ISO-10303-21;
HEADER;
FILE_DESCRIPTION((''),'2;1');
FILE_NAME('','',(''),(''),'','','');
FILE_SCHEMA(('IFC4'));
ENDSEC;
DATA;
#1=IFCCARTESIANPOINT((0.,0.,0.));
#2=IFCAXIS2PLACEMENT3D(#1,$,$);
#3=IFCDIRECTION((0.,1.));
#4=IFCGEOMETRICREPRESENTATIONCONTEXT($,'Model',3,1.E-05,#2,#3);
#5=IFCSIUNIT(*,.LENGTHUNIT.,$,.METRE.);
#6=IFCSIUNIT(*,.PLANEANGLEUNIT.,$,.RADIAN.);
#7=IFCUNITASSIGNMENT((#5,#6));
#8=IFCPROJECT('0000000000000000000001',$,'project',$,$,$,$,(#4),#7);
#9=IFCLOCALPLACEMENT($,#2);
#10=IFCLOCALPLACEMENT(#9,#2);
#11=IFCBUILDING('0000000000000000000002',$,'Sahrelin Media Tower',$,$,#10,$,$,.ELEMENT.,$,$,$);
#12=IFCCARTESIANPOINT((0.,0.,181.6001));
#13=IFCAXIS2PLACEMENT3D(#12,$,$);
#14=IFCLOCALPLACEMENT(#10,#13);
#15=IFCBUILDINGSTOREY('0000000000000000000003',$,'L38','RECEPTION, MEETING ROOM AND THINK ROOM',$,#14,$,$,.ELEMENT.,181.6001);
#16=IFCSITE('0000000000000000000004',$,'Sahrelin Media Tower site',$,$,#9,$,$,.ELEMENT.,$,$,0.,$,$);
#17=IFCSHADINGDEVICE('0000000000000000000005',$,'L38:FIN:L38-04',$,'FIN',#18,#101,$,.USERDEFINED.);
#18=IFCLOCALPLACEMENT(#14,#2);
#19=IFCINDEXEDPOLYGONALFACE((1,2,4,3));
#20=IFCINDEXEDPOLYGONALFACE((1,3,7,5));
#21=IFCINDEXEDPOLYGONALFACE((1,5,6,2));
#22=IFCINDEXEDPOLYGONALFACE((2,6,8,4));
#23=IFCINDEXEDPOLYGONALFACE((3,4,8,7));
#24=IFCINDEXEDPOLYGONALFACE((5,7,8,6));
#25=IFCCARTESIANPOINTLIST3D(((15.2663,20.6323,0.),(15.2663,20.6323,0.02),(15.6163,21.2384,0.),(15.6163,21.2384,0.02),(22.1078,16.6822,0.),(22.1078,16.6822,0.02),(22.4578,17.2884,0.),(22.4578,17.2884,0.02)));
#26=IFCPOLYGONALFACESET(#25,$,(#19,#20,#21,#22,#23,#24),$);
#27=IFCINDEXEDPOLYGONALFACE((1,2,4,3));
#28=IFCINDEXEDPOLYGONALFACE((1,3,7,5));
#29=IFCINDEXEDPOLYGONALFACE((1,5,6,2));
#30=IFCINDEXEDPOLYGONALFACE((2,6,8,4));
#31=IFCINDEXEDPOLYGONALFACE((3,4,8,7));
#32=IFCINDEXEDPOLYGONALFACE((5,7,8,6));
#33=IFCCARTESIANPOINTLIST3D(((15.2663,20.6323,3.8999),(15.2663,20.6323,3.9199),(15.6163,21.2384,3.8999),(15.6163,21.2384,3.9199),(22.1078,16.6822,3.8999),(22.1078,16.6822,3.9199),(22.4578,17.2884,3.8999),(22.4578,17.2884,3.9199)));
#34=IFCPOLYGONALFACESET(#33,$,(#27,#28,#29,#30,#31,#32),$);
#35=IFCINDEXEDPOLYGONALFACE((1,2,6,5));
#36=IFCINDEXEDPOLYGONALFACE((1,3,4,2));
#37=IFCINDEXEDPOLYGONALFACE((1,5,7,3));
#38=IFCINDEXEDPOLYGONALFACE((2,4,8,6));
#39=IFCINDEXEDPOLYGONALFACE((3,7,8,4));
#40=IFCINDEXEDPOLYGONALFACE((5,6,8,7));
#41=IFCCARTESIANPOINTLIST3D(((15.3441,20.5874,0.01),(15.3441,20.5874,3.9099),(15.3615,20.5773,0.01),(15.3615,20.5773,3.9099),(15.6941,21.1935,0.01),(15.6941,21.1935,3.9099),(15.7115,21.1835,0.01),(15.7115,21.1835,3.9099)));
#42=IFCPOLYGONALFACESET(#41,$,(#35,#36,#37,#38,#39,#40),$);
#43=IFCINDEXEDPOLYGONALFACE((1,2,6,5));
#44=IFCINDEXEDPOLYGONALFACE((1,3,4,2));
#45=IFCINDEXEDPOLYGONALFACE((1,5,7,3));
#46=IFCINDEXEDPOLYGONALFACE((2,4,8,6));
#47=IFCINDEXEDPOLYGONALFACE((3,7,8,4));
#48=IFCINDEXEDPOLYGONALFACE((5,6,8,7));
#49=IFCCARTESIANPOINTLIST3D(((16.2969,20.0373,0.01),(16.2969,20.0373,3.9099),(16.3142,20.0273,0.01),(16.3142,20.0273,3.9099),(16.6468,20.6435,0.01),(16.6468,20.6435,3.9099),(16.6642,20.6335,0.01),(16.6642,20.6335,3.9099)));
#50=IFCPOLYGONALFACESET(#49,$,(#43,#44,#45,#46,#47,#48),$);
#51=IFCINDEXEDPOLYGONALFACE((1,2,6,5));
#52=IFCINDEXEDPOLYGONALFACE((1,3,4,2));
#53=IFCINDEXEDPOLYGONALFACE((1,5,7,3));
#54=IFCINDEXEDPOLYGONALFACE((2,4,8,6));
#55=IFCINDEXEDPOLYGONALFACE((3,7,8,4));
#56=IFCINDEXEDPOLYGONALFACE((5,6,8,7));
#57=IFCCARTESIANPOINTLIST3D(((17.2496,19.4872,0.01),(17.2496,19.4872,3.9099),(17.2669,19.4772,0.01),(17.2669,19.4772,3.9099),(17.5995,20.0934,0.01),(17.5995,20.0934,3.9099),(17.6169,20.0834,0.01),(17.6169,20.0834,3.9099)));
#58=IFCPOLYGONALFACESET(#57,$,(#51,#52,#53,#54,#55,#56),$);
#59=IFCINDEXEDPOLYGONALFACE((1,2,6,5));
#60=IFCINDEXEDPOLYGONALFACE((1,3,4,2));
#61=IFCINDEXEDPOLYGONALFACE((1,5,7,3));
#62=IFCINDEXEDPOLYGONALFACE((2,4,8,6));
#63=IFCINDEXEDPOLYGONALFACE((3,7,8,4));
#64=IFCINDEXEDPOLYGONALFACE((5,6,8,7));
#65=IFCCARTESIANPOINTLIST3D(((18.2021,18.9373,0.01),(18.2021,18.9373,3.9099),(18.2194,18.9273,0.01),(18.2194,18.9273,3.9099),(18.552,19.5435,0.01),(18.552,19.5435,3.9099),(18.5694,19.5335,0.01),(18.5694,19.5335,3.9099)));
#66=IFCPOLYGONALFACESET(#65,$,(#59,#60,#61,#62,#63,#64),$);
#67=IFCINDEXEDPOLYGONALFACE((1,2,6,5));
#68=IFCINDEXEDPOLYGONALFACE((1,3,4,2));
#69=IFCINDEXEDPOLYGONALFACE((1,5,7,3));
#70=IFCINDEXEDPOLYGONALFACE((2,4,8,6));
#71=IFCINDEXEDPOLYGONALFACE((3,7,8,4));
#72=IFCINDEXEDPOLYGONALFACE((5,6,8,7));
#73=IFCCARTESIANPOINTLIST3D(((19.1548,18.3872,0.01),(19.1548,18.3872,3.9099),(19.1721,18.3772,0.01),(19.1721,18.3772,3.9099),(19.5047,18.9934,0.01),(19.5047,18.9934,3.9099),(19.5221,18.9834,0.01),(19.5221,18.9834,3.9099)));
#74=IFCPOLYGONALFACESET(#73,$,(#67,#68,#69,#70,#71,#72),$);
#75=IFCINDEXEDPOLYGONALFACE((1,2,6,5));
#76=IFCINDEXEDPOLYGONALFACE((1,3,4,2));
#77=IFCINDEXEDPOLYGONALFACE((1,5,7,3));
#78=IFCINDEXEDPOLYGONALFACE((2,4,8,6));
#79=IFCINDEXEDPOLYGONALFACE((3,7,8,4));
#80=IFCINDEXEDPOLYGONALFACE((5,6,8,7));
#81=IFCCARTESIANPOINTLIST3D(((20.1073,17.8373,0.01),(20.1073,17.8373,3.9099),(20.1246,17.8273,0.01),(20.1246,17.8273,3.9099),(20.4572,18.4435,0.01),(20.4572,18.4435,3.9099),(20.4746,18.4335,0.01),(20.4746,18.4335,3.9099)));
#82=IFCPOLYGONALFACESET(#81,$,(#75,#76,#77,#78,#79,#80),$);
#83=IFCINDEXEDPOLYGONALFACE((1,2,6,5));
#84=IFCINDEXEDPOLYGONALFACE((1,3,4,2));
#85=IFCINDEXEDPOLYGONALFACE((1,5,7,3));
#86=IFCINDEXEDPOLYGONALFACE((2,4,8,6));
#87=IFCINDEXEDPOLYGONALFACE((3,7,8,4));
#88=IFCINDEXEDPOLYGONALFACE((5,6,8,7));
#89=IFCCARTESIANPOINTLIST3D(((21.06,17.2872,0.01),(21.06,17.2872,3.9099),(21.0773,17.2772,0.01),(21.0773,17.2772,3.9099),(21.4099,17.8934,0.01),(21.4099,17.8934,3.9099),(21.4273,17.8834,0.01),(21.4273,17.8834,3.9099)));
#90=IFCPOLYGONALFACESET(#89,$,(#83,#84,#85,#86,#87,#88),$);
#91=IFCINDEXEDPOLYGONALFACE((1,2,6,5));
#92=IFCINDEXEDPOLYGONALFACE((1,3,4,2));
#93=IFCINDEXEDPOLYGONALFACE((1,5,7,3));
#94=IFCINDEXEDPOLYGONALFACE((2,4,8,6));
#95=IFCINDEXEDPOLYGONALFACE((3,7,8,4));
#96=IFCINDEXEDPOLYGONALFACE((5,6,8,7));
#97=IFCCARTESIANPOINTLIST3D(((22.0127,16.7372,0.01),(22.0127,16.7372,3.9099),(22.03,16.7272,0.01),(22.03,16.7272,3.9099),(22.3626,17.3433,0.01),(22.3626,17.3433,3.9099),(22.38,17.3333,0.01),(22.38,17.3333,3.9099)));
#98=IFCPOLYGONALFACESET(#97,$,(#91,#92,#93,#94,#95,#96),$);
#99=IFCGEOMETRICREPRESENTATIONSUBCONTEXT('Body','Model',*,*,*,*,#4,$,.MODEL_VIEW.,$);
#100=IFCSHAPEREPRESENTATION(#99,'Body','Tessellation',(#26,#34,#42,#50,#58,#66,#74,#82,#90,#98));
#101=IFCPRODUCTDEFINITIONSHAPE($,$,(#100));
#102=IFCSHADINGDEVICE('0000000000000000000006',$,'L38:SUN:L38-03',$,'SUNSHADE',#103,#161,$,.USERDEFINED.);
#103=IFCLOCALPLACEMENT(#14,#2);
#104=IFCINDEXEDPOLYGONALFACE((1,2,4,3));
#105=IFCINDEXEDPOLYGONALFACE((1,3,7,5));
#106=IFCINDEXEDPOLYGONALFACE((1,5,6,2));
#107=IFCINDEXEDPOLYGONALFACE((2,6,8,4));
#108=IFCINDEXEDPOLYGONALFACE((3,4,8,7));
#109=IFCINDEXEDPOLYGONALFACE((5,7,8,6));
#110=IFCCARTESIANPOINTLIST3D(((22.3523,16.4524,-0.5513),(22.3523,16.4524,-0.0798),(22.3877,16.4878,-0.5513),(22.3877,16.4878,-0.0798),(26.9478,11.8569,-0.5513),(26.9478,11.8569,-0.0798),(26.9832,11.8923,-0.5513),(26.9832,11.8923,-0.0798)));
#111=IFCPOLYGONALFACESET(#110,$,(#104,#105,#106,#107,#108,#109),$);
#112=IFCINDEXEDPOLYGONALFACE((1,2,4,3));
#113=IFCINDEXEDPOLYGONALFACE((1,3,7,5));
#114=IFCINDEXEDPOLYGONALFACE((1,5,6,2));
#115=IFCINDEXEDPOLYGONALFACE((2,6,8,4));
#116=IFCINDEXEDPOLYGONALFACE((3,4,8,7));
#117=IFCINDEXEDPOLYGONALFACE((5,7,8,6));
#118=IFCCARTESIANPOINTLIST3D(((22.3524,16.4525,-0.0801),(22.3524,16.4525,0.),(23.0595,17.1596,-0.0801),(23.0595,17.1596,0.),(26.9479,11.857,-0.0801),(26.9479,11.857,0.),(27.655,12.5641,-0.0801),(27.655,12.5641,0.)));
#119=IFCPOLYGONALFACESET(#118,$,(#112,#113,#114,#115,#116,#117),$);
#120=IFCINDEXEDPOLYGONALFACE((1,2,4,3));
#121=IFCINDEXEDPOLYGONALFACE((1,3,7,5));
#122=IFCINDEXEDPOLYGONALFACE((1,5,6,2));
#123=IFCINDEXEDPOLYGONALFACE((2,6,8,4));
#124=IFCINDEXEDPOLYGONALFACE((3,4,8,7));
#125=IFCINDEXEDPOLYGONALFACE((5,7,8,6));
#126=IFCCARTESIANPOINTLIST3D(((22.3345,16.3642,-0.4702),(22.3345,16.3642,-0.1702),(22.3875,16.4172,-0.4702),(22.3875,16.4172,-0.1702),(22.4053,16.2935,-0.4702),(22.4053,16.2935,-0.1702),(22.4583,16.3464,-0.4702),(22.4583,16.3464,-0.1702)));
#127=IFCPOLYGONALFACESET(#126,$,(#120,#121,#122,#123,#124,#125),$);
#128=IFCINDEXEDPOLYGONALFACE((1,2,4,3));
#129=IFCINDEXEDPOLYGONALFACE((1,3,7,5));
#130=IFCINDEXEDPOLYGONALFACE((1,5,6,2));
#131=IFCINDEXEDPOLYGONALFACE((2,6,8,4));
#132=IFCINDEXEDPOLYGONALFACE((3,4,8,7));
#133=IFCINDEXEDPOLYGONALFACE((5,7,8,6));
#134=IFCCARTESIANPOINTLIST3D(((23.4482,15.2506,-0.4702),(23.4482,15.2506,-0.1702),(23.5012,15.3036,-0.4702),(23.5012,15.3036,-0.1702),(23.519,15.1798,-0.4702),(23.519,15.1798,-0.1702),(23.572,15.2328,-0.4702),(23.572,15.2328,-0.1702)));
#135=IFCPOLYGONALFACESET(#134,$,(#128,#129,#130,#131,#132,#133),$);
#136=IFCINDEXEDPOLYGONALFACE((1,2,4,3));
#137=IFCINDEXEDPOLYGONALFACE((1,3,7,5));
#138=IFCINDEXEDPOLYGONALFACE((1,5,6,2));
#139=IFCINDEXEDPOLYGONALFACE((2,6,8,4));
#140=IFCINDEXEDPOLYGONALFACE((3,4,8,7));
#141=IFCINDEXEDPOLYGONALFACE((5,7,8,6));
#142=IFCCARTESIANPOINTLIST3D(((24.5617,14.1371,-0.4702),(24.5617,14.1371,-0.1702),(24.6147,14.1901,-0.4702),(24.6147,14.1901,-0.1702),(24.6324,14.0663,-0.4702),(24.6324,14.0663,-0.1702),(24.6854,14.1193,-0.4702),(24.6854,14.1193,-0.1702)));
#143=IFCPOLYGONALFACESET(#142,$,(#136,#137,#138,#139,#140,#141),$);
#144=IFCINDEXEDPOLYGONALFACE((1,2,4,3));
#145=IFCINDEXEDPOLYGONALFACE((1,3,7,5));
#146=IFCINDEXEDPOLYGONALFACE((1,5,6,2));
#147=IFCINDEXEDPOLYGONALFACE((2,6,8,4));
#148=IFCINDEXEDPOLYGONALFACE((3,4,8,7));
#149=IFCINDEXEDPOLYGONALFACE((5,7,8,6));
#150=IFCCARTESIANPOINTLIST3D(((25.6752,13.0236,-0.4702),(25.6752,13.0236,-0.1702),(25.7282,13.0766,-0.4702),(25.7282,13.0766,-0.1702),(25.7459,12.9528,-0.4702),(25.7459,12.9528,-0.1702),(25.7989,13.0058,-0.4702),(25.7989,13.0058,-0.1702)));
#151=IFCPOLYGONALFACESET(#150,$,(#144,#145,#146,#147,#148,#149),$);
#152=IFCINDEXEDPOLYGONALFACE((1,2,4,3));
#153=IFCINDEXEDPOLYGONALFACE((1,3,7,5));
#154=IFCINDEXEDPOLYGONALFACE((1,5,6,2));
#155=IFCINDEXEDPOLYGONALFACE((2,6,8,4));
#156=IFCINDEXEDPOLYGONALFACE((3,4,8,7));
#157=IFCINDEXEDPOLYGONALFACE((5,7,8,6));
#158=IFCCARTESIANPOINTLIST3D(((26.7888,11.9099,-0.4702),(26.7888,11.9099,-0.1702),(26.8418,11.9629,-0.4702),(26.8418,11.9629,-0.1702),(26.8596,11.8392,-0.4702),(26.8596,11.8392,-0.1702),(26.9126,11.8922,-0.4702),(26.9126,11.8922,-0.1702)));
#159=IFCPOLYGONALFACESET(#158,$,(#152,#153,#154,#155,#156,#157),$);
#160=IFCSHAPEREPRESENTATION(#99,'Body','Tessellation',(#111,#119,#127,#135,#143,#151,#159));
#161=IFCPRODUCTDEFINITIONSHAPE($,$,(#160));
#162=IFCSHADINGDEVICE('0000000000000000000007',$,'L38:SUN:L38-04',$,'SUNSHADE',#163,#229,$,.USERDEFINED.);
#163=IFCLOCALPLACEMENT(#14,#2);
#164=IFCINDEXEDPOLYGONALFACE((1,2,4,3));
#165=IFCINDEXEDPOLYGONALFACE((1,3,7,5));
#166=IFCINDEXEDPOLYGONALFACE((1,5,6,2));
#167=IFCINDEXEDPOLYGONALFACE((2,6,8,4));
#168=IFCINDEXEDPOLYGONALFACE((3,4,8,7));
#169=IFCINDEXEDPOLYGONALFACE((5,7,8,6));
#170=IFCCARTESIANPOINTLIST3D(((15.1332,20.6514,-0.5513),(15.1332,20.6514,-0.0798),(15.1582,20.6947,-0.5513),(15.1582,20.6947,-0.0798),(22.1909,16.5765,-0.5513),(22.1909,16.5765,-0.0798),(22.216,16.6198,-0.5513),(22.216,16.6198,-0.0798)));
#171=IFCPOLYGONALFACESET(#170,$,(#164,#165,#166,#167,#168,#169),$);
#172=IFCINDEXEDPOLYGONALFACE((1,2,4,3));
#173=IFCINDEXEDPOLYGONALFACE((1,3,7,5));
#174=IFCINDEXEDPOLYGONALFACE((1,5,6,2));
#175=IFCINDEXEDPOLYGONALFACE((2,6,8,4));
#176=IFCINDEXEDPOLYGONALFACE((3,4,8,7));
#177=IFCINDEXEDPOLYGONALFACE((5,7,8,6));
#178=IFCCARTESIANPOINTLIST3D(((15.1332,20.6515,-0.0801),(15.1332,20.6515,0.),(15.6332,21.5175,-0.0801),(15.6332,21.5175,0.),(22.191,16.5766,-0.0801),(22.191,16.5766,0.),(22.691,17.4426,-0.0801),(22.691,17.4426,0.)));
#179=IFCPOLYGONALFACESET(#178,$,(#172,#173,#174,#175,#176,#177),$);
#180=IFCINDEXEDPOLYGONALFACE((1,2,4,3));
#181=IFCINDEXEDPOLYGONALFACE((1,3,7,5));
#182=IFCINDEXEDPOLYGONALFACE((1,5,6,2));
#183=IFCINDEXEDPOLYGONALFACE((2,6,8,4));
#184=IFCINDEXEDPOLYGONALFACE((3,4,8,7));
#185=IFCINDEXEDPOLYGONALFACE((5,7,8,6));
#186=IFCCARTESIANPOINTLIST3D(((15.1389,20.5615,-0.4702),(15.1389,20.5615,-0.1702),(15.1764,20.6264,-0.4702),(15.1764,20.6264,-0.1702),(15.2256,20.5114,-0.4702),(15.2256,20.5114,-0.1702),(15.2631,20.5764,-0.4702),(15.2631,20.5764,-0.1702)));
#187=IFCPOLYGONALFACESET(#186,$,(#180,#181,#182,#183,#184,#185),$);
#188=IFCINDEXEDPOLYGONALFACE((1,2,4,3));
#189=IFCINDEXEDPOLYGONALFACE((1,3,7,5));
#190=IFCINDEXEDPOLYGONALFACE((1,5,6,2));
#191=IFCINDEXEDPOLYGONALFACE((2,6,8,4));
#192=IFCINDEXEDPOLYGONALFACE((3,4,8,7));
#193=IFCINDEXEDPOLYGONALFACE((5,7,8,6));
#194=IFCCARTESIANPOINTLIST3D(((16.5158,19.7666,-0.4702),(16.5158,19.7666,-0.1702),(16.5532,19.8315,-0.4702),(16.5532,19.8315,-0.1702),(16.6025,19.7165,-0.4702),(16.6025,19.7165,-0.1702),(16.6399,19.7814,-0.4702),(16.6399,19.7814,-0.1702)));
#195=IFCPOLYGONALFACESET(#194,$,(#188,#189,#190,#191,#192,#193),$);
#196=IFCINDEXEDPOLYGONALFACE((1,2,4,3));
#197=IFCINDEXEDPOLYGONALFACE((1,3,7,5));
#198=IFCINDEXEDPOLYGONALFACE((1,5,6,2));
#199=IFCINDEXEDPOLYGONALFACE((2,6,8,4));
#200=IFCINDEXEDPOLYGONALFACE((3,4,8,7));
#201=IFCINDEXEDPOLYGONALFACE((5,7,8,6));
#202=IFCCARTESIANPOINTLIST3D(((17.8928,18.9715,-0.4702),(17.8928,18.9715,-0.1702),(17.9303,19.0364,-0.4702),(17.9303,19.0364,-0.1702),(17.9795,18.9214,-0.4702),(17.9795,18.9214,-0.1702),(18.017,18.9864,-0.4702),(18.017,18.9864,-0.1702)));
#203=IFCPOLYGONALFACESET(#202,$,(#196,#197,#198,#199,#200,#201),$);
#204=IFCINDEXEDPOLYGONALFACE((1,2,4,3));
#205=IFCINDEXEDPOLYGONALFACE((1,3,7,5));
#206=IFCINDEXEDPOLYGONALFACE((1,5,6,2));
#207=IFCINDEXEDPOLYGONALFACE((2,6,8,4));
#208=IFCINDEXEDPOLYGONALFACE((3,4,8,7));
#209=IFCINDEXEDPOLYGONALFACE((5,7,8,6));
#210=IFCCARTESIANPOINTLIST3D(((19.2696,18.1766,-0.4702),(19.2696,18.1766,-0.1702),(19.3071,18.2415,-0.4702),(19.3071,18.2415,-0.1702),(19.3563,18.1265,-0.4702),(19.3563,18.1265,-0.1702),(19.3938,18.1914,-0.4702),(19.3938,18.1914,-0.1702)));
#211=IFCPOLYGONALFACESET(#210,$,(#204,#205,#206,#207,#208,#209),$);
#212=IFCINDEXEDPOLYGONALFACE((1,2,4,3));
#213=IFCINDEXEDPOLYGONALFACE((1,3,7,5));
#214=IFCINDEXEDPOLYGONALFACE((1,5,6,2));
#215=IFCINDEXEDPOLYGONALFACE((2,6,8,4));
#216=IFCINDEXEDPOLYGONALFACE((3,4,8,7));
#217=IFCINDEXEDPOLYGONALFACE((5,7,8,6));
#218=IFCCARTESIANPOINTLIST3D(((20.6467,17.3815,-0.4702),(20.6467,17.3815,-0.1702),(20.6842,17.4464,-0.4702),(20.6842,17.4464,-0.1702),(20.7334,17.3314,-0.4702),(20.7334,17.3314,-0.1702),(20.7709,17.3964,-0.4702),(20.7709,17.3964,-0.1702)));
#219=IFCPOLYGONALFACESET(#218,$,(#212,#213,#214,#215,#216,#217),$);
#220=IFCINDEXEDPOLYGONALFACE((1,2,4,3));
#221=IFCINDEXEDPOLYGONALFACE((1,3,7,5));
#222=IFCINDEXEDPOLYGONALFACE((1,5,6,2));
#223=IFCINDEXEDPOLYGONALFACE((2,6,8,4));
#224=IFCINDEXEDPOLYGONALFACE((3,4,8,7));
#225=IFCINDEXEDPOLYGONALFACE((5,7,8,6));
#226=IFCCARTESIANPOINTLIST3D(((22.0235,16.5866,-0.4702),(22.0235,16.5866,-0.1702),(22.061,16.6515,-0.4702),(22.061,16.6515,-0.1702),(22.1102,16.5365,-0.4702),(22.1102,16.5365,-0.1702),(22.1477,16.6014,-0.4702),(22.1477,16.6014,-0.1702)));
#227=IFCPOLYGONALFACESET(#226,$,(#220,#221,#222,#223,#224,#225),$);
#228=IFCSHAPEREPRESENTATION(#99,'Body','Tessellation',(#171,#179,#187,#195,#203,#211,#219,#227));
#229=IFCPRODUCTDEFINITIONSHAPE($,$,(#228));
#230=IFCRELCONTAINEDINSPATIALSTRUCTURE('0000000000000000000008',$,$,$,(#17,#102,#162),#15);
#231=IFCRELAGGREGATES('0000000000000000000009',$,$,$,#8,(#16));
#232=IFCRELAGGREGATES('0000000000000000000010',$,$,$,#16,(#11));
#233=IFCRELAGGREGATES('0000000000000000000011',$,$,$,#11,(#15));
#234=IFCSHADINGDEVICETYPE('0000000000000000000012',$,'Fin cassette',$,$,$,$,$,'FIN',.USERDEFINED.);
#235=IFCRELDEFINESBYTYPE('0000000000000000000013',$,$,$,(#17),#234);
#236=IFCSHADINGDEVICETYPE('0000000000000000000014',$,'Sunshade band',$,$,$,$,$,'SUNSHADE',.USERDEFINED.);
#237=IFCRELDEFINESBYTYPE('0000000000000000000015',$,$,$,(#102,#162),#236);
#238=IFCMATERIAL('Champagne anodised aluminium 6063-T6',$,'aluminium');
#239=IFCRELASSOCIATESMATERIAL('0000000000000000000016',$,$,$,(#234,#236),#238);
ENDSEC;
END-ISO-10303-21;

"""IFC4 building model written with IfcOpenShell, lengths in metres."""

from ifc_helpers import new_model, si_unit, direction, frame, origin, origin_2d, place, context, subcontext, project, spatial, rectangle, extrude, material, type_object, element, save


model = new_model("IFC4")

# Units and contexts
model_context = context("Model", 3, precision=1e-05, world=origin(), true_north=direction((0.0, 1.0)))
body_context = subcontext(model_context, "Body", "Model", "MODEL_VIEW")
ifc_project = project(units=[si_unit("LENGTHUNIT", "METRE"), si_unit("PLANEANGLEUNIT", "RADIAN")], contexts=[model_context])

# Site, building, storey
site_placement = place(None, origin())
site = spatial("IfcSite", under=ifc_project, at=site_placement, Name="Sahrelin Media Tower site", CompositionType="ELEMENT", RefElevation=0.0)
building_placement = place(site_placement, origin())
building = spatial("IfcBuilding", under=site, at=building_placement, Name="Sahrelin Media Tower", CompositionType="ELEMENT")
storey_placement = place(building_placement, frame((0.0, 0.0, 181.6001)))
storey = spatial("IfcBuildingStorey", under=building, at=storey_placement, Name="L38", Description="RECEPTION, MEETING ROOM AND THINK ROOM", CompositionType="ELEMENT", Elevation=181.6001)

# Shared definitions
ifc_material_1 = material(Name="Champagne anodised aluminium 6063-T6", Category="aluminium")

# Shading devices
shading_device_type_1 = type_object("IfcShadingDeviceType", Name="Fin cassette", ElementType="FIN", PredefinedType="USERDEFINED", material=ifc_material_1)
placement_1 = place(storey_placement, frame((24.636, 14.1406, 0.0), z_axis=(0.0, 0.0, 1.0), x_axis=(0.707107, -0.707107, 0.0)))
placement_2 = place(storey_placement, frame((18.6521, 18.5967, 0.0), z_axis=(0.0, 0.0, 1.0), x_axis=(0.866019, -0.500011, 0.0)))
element("IfcShadingDevice", 1, at=placement_2, inside=storey, type_object=shading_device_type_1, Name="L38:FIN:L38-04", ObjectType="FIN", PredefinedType="USERDEFINED", context=body_context, shape_type="SweptSolid", body=[
    extrude(rectangle(XDim=7.8999, YDim=0.7, at=origin_2d()), frame((0.0, 0.4199, 0.0)), (0.0, 0.0, 1.0), 0.02),
    extrude(rectangle(XDim=7.8999, YDim=0.7, at=origin_2d()), frame((0.0, 0.4199, 3.8999)), (0.0, 0.0, 1.0), 0.02),
    extrude(rectangle(XDim=0.02, YDim=0.7, at=origin_2d()), frame((-3.8501, 0.4199, 0.01), z_axis=(0.0, 0.0, 1.0), x_axis=(1.0, 0.0, 0.0)), (0.0, 0.0, 1.0), 3.8999),
    extrude(rectangle(XDim=0.02, YDim=0.7, at=origin_2d()), frame((-2.75, 0.4199, 0.01), z_axis=(0.0, 0.0, 1.0), x_axis=(1.0, 0.0, 0.0)), (0.0, 0.0, 1.0), 3.8999),
    extrude(rectangle(XDim=0.02, YDim=0.7, at=origin_2d()), frame((-1.6499, 0.4199, 0.01), z_axis=(0.0, 0.0, 1.0), x_axis=(1.0, 0.0, 0.0)), (0.0, 0.0, 1.0), 3.8999),
    extrude(rectangle(XDim=0.02, YDim=0.7, at=origin_2d()), frame((-0.55, 0.4199, 0.01), z_axis=(0.0, 0.0, 1.0), x_axis=(1.0, 0.0, 0.0)), (0.0, 0.0, 1.0), 3.8999),
    extrude(rectangle(XDim=0.02, YDim=0.7, at=origin_2d()), frame((0.55, 0.4199, 0.01), z_axis=(0.0, 0.0, 1.0), x_axis=(1.0, 0.0, 0.0)), (0.0, 0.0, 1.0), 3.8999),
    extrude(rectangle(XDim=0.02, YDim=0.7, at=origin_2d()), frame((1.6499, 0.4199, 0.01), z_axis=(0.0, 0.0, 1.0), x_axis=(1.0, 0.0, 0.0)), (0.0, 0.0, 1.0), 3.8999),
    extrude(rectangle(XDim=0.02, YDim=0.7, at=origin_2d()), frame((2.75, 0.4199, 0.01), z_axis=(0.0, 0.0, 1.0), x_axis=(1.0, 0.0, 0.0)), (0.0, 0.0, 1.0), 3.8999),
    extrude(rectangle(XDim=0.02, YDim=0.7, at=origin_2d()), frame((3.8501, 0.4199, 0.01), z_axis=(0.0, 0.0, 1.0), x_axis=(1.0, 0.0, 0.0)), (0.0, 0.0, 1.0), 3.8999),
])
shading_device_type_2 = type_object("IfcShadingDeviceType", Name="Sunshade band", ElementType="SUNSHADE", PredefinedType="USERDEFINED", material=ifc_material_1)
element("IfcShadingDevice", 2, at=placement_1, inside=storey, type_object=shading_device_type_2, Name="L38:SUN:L38-03", ObjectType="SUNSHADE", PredefinedType="USERDEFINED", context=body_context, shape_type="SweptSolid", body=[
    extrude(rectangle(XDim=6.499, YDim=0.05, at=origin_2d()), frame((0.0, 0.0449, -0.5513)), (0.0, 0.0, 1.0), 0.4714),
    extrude(rectangle(XDim=6.499, YDim=1.0, at=origin_2d()), frame((0.0, 0.52, -0.0801)), (0.0, 0.0, 1.0), 0.0801),
    extrude(rectangle(XDim=0.1001, YDim=0.075, at=origin_2d()), frame((-3.1497, -0.0176, -0.4702)), (0.0, 0.0, 1.0), 0.3),
    extrude(rectangle(XDim=0.1001, YDim=0.075, at=origin_2d()), frame((-1.5747, -0.0176, -0.4702)), (0.0, 0.0, 1.0), 0.3),
    extrude(rectangle(XDim=0.1001, YDim=0.075, at=origin_2d()), frame((0.0, -0.0176, -0.4702)), (0.0, 0.0, 1.0), 0.3),
    extrude(rectangle(XDim=0.1001, YDim=0.075, at=origin_2d()), frame((1.5747, -0.0176, -0.4702)), (0.0, 0.0, 1.0), 0.3),
    extrude(rectangle(XDim=0.1001, YDim=0.075, at=origin_2d()), frame((3.1497, -0.0176, -0.4702)), (0.0, 0.0, 1.0), 0.3),
])
element("IfcShadingDevice", 3, at=placement_2, inside=storey, type_object=shading_device_type_2, Name="L38:SUN:L38-04", ObjectType="SUNSHADE", PredefinedType="USERDEFINED", context=body_context, shape_type="SweptSolid", body=[
    extrude(rectangle(XDim=8.1497, YDim=0.05, at=origin_2d()), frame((0.0, 0.0449, -0.5513)), (0.0, 0.0, 1.0), 0.4714),
    extrude(rectangle(XDim=8.1497, YDim=1.0, at=origin_2d()), frame((0.0, 0.52, -0.0801)), (0.0, 0.0, 1.0), 0.0801),
    extrude(rectangle(XDim=0.1001, YDim=0.075, at=origin_2d()), frame((-3.9749, -0.0176, -0.4702)), (0.0, 0.0, 1.0), 0.3),
    extrude(rectangle(XDim=0.1001, YDim=0.075, at=origin_2d()), frame((-2.385, -0.0176, -0.4702)), (0.0, 0.0, 1.0), 0.3),
    extrude(rectangle(XDim=0.1001, YDim=0.075, at=origin_2d()), frame((-0.7949, -0.0176, -0.4702)), (0.0, 0.0, 1.0), 0.3),
    extrude(rectangle(XDim=0.1001, YDim=0.075, at=origin_2d()), frame((0.7949, -0.0176, -0.4702)), (0.0, 0.0, 1.0), 0.3),
    extrude(rectangle(XDim=0.1001, YDim=0.075, at=origin_2d()), frame((2.385, -0.0176, -0.4702)), (0.0, 0.0, 1.0), 0.3),
    extrude(rectangle(XDim=0.1001, YDim=0.075, at=origin_2d()), frame((3.9749, -0.0176, -0.4702)), (0.0, 0.0, 1.0), 0.3),
])

save(model, "model.ifc")
